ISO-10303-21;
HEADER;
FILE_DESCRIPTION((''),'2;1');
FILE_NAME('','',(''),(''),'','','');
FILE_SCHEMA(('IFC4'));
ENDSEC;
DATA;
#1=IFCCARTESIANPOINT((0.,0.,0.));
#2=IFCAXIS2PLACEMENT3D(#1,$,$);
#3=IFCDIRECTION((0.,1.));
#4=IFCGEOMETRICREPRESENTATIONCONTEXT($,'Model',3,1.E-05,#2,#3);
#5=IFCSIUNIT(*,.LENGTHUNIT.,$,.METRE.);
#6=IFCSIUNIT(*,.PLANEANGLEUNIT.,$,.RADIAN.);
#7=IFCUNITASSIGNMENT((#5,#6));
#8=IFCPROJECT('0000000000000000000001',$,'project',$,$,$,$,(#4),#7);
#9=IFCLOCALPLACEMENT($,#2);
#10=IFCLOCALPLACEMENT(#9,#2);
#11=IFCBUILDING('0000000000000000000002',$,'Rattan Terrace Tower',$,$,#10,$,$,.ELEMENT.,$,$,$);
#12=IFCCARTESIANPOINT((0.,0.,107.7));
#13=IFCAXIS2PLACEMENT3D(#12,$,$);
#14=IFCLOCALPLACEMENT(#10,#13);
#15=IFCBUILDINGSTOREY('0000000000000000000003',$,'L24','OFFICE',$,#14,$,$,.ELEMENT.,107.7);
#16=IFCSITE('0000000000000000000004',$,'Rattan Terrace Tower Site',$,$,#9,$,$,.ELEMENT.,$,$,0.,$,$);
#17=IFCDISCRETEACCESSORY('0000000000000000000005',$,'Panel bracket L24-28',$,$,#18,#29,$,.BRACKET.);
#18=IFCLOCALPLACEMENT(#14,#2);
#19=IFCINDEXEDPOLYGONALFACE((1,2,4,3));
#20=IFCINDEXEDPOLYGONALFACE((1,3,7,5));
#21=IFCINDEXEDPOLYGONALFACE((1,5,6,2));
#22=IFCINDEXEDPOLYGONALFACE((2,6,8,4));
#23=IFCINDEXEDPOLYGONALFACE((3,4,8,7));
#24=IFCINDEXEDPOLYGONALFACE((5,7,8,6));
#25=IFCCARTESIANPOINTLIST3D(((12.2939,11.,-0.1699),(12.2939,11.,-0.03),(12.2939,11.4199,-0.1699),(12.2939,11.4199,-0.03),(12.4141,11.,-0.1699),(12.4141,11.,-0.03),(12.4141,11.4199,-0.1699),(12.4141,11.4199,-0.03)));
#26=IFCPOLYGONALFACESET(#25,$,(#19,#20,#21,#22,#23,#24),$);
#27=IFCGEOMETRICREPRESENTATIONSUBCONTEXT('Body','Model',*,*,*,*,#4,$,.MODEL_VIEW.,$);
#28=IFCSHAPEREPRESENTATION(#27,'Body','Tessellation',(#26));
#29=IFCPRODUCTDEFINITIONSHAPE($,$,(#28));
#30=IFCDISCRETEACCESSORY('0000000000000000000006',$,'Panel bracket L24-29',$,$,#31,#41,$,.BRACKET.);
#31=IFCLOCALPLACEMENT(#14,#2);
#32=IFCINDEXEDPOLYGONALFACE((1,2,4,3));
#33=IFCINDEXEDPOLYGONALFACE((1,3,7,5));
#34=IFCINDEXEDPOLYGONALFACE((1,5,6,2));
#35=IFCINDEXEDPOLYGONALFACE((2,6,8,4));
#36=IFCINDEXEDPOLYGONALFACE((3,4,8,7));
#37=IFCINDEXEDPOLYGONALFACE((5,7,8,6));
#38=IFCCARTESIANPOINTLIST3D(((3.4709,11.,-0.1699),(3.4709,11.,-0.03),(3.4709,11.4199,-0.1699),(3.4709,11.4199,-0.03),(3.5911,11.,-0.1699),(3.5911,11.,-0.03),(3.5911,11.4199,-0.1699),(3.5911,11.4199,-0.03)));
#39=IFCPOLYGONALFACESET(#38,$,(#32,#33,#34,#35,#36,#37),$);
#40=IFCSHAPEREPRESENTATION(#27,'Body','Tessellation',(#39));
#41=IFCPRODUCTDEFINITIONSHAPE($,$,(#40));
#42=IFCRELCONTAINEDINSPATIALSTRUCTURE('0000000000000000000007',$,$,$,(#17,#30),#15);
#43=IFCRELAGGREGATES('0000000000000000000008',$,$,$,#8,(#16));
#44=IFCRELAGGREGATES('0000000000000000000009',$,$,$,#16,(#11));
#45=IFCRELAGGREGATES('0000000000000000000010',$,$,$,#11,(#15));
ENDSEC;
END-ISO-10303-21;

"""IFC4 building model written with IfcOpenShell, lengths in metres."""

from ifc_helpers import new_model, si_unit, direction, frame, origin, origin_2d, place, context, subcontext, project, spatial, rectangle, extrude, element, save


model = new_model("IFC4")

# Units and contexts
model_context = context("Model", 3, precision=1e-05, world=origin(), true_north=direction((0.0, 1.0)))
body_context = subcontext(model_context, "Body", "Model", "MODEL_VIEW")
ifc_project = project(units=[si_unit("LENGTHUNIT", "METRE"), si_unit("PLANEANGLEUNIT", "RADIAN")], contexts=[model_context])

# Site, building, storey
site_placement = place(None, origin())
site = spatial("IfcSite", under=ifc_project, at=site_placement, Name="Rattan Terrace Tower Site", CompositionType="ELEMENT", RefElevation=0.0)
building_placement = place(site_placement, origin())
building = spatial("IfcBuilding", under=site, at=building_placement, Name="Rattan Terrace Tower", CompositionType="ELEMENT")
storey_placement = place(building_placement, frame((0.0, 0.0, 107.7)))
storey = spatial("IfcBuildingStorey", under=building, at=storey_placement, Name="L24", Description="OFFICE", CompositionType="ELEMENT", Elevation=107.7)

# Discrete accessories
for number, where, z_axis, x_axis, name in (
    (1, (12.354, 11.21, -0.1699), (0.0, 0.0, 1.0), (-1.0, 0.0, 0.0), "Panel bracket L24-28"),
    (2, (3.531, 11.21, -0.1699), (0.0, 0.0, 1.0), (-1.0, 0.0, 0.0), "Panel bracket L24-29"),
):
    element("IfcDiscreteAccessory", number, at=place(storey_placement, frame(where, z_axis=z_axis, x_axis=x_axis)), inside=storey, Name=name, PredefinedType="BRACKET", context=body_context, shape_type="SweptSolid", body=[
        extrude(rectangle(XDim=0.1201, YDim=0.4199, at=origin_2d()), origin(), (0.0, 0.0, 1.0), 0.1399),
    ])

save(model, "model.ifc")
